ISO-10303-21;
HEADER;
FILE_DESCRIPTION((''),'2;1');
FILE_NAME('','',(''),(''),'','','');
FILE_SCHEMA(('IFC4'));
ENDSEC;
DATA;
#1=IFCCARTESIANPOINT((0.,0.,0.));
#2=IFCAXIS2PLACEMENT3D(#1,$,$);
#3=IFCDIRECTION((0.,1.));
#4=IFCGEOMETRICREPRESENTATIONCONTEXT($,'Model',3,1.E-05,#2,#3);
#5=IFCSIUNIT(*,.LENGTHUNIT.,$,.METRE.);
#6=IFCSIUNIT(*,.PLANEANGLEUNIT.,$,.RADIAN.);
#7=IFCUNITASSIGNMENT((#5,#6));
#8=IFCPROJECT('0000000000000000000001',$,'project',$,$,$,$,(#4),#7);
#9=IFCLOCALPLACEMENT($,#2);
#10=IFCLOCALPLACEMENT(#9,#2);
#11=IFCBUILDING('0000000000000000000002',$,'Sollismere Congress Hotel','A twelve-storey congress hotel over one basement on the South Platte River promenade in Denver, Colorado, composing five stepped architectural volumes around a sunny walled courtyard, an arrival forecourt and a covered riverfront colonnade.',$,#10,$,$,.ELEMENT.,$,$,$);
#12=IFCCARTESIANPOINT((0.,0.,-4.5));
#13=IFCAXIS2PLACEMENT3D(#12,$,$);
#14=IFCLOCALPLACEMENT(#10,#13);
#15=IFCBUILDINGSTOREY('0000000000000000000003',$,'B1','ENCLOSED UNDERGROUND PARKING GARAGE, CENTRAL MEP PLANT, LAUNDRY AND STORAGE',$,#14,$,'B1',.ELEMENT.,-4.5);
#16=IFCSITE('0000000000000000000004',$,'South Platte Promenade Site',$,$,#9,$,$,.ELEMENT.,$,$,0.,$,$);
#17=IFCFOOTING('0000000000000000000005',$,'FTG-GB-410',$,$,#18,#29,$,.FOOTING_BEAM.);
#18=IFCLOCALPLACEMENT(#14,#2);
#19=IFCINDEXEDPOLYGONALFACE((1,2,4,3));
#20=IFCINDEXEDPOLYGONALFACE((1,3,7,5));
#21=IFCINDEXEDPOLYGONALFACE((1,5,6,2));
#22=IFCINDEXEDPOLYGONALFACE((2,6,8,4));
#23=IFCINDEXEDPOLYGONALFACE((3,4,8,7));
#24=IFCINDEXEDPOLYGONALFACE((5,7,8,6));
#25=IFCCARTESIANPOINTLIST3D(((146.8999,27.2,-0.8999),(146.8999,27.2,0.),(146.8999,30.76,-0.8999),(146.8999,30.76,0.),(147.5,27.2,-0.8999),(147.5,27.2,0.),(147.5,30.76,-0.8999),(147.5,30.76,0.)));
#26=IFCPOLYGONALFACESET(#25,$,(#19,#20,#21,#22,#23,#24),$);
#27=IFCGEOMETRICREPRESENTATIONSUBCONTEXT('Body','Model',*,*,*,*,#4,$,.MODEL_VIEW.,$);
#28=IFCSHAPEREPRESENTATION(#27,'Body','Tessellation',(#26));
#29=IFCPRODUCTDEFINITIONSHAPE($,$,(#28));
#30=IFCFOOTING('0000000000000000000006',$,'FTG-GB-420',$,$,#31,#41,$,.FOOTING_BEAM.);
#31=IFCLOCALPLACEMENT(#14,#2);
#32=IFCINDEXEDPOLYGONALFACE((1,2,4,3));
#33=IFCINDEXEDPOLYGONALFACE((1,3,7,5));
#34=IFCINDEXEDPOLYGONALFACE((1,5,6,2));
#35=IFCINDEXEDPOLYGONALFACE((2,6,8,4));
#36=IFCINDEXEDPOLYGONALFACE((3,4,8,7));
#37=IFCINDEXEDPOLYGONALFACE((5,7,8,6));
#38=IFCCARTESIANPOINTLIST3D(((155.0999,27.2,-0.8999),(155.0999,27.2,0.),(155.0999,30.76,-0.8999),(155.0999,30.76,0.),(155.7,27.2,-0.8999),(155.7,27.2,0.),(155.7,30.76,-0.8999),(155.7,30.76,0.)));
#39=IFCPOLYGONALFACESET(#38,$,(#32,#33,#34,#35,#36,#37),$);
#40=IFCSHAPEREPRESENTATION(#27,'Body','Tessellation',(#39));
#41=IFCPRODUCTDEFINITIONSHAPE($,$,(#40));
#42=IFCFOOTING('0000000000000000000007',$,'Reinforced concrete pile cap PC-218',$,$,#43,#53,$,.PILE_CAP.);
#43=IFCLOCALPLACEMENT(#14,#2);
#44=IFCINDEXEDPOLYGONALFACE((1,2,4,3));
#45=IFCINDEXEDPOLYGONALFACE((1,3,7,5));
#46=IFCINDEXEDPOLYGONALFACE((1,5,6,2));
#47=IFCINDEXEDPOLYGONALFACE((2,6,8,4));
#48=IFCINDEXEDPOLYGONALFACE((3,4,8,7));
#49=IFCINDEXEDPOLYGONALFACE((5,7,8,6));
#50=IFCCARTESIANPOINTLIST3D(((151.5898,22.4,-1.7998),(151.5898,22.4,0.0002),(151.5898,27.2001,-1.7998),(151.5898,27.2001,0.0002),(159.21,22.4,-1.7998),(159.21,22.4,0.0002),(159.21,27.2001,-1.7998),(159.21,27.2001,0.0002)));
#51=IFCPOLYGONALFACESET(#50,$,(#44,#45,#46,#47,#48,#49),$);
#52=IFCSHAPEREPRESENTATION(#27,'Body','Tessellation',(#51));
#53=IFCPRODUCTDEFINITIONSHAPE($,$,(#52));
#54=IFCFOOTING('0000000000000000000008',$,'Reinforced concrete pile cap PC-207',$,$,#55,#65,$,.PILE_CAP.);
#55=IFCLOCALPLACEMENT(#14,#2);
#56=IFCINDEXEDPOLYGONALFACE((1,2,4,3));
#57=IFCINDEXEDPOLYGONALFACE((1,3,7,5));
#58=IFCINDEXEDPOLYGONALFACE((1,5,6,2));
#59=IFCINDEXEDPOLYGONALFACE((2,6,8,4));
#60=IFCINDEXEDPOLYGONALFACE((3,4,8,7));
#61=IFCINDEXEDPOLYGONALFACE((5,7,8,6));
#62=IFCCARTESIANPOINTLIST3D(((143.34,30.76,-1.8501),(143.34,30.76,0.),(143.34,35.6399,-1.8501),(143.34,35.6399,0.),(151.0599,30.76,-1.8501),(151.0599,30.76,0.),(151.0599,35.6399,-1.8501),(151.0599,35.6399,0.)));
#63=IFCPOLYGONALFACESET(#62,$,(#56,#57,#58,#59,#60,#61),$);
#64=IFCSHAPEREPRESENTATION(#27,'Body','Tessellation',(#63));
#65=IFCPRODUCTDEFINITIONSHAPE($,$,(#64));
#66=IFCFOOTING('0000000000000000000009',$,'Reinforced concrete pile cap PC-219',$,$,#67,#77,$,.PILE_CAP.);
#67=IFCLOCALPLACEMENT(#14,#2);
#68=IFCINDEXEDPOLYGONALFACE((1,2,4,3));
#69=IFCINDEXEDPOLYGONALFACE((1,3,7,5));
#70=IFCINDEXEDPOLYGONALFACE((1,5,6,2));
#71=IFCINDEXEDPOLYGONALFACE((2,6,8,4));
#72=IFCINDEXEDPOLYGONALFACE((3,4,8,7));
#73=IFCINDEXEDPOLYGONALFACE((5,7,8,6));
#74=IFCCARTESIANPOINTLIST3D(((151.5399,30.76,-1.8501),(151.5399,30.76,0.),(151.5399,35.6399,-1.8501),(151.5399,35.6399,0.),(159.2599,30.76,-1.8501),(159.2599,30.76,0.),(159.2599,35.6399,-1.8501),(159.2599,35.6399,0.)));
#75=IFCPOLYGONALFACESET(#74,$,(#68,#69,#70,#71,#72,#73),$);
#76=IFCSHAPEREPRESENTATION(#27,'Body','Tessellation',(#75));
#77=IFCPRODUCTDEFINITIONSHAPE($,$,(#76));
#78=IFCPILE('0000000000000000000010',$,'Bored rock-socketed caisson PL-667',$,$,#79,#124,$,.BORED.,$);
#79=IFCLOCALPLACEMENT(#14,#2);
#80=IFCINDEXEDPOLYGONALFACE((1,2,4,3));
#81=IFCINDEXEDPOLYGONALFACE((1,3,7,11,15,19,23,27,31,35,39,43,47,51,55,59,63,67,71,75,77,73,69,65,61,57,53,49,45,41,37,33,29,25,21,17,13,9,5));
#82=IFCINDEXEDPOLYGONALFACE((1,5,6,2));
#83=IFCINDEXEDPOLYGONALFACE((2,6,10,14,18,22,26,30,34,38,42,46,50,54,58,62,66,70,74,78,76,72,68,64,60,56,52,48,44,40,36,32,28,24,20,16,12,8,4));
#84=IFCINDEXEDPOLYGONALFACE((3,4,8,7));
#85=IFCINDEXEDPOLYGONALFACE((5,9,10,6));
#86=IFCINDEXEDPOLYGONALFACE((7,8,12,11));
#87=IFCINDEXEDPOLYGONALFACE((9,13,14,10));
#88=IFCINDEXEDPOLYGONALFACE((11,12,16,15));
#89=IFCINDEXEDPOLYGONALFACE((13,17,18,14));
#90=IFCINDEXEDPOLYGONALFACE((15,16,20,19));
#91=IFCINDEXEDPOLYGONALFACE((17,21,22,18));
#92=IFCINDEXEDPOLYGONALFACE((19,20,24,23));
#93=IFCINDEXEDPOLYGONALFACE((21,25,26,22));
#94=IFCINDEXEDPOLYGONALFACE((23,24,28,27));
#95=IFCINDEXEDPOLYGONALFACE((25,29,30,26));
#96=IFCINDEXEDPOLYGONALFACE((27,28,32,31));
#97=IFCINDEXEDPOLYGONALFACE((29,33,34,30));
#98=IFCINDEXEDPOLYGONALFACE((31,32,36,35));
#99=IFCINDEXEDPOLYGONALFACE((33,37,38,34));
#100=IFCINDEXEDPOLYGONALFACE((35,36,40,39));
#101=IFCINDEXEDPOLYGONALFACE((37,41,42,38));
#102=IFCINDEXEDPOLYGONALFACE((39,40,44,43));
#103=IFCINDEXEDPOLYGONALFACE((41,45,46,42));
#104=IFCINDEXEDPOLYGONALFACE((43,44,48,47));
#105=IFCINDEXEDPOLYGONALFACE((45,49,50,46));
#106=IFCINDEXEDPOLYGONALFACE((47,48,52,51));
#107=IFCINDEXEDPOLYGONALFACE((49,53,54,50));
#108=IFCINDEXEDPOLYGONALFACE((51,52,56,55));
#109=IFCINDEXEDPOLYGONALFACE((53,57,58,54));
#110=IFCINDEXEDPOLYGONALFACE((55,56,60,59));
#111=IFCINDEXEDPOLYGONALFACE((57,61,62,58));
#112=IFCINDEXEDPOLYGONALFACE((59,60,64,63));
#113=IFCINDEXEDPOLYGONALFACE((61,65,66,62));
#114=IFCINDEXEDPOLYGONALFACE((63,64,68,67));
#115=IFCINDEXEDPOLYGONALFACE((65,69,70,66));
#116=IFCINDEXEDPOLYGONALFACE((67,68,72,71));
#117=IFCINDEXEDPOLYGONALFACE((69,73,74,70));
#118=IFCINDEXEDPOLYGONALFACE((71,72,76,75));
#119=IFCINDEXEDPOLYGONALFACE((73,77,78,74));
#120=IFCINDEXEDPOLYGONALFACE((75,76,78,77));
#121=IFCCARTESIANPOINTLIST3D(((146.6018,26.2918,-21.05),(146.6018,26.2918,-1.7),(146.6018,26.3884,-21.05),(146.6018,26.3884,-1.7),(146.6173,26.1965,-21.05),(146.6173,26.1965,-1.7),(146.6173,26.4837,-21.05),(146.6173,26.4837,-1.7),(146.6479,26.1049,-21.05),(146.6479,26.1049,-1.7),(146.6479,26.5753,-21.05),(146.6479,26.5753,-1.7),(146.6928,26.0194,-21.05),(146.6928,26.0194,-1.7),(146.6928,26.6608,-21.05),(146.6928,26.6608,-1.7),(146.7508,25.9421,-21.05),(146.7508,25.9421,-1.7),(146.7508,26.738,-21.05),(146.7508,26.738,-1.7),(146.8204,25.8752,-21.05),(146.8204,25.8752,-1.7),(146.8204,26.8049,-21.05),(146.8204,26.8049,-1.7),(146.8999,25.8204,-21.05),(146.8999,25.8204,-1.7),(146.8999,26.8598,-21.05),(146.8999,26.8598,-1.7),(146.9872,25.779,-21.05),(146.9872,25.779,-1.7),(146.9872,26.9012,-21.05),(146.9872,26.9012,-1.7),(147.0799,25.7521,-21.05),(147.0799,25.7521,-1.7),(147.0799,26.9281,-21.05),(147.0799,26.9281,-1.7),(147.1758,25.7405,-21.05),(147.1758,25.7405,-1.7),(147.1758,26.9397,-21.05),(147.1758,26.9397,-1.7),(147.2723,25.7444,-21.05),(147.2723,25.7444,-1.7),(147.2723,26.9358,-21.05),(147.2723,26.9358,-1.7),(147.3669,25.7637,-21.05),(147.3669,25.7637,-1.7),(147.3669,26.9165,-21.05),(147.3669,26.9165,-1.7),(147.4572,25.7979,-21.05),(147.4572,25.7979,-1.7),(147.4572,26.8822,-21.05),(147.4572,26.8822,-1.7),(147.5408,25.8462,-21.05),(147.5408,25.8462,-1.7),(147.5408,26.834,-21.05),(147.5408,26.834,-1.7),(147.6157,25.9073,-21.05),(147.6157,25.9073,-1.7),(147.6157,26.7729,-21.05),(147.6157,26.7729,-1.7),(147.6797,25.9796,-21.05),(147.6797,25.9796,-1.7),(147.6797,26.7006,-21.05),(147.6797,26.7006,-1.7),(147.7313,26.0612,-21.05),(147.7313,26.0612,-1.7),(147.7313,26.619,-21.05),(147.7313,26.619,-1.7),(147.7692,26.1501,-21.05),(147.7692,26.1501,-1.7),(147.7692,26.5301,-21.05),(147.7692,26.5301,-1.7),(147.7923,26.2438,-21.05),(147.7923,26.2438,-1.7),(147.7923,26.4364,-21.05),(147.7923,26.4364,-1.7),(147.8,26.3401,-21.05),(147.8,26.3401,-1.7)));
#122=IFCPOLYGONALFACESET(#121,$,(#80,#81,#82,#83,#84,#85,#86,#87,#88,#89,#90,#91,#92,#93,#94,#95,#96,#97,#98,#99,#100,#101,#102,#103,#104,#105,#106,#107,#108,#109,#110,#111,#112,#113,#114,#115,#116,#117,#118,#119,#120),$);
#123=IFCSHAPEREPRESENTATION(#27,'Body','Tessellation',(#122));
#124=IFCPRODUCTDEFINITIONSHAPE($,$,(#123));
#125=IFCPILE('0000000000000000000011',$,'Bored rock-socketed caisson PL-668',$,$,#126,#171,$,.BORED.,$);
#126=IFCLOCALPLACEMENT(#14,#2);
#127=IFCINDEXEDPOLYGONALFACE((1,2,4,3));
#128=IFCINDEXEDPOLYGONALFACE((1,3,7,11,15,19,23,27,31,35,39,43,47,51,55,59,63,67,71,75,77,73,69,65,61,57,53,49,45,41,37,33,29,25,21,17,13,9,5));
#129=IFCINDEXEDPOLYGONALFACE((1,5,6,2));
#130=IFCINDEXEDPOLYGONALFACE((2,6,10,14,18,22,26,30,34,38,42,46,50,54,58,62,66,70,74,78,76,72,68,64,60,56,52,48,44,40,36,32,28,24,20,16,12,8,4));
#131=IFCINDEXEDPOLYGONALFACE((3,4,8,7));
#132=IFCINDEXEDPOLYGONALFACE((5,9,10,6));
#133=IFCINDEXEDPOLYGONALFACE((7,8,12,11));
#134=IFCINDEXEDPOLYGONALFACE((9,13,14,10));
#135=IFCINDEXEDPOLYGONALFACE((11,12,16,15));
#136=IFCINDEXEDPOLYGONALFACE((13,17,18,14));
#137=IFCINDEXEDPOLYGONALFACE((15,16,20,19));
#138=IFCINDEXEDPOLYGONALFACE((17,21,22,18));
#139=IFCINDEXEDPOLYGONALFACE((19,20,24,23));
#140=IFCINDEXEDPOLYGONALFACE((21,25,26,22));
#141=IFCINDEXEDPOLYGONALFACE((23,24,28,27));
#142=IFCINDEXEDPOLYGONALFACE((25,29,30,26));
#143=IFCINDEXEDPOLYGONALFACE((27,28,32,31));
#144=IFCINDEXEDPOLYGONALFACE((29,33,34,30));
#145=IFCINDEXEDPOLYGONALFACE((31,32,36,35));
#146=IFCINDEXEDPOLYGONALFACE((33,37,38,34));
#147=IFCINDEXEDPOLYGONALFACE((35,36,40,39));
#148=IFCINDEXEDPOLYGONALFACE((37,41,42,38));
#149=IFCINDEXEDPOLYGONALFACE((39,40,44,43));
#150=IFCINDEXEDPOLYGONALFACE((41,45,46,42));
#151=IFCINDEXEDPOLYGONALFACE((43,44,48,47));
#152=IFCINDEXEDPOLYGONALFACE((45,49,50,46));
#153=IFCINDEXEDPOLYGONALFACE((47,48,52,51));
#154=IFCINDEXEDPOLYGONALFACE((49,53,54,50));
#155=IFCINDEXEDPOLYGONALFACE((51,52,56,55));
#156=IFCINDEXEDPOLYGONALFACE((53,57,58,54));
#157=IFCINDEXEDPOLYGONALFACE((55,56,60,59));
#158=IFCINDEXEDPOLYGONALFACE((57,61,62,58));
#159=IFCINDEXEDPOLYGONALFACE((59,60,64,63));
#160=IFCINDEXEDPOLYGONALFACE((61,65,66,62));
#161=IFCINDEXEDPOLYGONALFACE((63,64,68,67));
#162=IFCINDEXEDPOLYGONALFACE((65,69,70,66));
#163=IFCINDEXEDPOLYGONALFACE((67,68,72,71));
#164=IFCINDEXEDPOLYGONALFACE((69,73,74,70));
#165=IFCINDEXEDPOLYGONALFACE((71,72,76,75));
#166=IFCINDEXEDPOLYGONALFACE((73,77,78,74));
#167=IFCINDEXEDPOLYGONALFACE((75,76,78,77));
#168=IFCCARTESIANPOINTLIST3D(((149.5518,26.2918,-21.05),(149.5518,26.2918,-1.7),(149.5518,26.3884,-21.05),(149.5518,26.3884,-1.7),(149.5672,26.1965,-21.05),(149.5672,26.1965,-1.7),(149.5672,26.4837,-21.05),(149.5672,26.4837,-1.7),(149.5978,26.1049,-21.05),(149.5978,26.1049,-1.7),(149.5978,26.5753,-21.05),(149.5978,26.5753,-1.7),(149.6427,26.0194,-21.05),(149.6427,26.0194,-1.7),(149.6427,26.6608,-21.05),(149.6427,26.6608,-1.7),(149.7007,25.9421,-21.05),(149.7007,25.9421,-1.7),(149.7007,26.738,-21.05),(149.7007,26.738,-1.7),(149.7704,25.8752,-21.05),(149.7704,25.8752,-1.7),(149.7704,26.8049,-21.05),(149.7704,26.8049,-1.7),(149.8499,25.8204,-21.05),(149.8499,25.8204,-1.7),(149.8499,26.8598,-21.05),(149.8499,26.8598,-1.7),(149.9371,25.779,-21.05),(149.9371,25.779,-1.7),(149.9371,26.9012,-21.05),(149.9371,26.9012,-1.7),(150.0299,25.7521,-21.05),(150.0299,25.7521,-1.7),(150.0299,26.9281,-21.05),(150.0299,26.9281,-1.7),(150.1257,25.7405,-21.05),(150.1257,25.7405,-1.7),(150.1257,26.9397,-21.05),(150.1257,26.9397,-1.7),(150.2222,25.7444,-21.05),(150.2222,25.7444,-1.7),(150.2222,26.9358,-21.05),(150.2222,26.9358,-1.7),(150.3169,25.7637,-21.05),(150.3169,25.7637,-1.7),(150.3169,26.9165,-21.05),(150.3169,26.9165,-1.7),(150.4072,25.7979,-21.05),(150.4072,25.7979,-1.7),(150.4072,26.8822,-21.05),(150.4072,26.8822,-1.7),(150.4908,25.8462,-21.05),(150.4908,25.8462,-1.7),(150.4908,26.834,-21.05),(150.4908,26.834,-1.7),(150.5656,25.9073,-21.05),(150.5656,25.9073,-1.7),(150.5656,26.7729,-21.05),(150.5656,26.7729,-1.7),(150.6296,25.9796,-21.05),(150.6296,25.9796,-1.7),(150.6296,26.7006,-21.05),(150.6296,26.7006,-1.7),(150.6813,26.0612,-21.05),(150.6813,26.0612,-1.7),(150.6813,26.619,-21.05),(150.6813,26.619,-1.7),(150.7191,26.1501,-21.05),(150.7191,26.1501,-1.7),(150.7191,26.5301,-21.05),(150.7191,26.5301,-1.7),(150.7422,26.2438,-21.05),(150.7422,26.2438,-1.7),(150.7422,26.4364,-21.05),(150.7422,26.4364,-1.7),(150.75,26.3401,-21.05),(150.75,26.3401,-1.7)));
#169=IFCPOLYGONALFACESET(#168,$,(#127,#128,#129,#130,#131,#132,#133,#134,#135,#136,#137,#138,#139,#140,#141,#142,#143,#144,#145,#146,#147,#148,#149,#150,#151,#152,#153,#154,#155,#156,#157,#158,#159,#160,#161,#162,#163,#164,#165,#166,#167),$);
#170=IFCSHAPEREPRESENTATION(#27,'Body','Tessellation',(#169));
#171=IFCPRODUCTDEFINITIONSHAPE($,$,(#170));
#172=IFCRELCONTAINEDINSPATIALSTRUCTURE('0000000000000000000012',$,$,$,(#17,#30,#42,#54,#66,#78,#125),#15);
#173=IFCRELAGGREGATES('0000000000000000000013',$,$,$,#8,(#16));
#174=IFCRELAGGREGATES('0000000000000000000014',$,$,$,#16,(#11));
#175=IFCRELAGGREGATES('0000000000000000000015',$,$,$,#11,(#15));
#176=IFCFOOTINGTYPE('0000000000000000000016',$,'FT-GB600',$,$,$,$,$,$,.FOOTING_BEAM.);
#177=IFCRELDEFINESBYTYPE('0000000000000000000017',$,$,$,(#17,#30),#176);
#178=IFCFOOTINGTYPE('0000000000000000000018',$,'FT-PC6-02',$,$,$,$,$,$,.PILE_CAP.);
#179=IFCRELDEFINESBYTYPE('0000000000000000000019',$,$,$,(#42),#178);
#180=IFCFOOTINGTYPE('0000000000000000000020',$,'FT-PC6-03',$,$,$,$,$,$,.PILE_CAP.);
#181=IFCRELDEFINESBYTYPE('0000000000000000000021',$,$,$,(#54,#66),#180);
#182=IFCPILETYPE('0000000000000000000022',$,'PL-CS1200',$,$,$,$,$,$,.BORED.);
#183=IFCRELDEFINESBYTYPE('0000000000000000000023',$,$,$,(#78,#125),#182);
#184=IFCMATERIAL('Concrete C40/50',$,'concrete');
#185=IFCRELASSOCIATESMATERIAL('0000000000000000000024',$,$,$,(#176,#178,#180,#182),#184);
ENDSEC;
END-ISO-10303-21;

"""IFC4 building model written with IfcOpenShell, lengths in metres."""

from ifc_helpers import new_model, si_unit, direction, frame, origin, origin_2d, place, context, subcontext, project, spatial, rectangle, circle, extrude, material, material_profile, profile_set, type_object, element, save


model = new_model("IFC4")

# Units and contexts
model_context = context("Model", 3, precision=1e-05, world=origin(), true_north=direction((0.0, 1.0)))
body_context = subcontext(model_context, "Body", "Model", "MODEL_VIEW")
ifc_project = project(units=[si_unit("LENGTHUNIT", "METRE"), si_unit("PLANEANGLEUNIT", "RADIAN")], contexts=[model_context])

# Site, building, storey
site_placement = place(None, origin())
site = spatial("IfcSite", under=ifc_project, at=site_placement, Name="South Platte Promenade Site", CompositionType="ELEMENT", RefElevation=0.0)
building_placement = place(site_placement, origin())
building = spatial("IfcBuilding", under=site, at=building_placement, Name="Sollismere Congress Hotel", Description="A twelve-storey congress hotel over one basement on the South Platte River promenade in Denver, Colorado, composing five stepped architectural volumes around a sunny walled courtyard, an arrival forecourt and a covered riverfront colonnade.", CompositionType="ELEMENT")
storey_placement = place(building_placement, frame((0.0, 0.0, -4.5)))
storey = spatial("IfcBuildingStorey", under=building, at=storey_placement, Name="B1", Description="ENCLOSED UNDERGROUND PARKING GARAGE, CENTRAL MEP PLANT, LAUNDRY AND STORAGE", LongName="B1", CompositionType="ELEMENT", Elevation=-4.5)

# Footings
ifc_material_1 = material(Name="Concrete C40/50", Category="concrete")
footing_type_1 = type_object("IfcFootingType", Name="FT-GB600", PredefinedType="FOOTING_BEAM", material=ifc_material_1)
for number, where, z_axis, x_axis, name in (
    (1, (147.2, 28.98, -0.8999), (0.0, 0.0, 1.0), (0.0, 1.0, 0.0), "FTG-GB-410"),
    (2, (155.3999, 28.98, -0.8999), (0.0, 0.0, 1.0), (0.0, 1.0, 0.0), "FTG-GB-420"),
):
    element("IfcFooting", number, at=place(storey_placement, frame(where, z_axis=z_axis, x_axis=x_axis)), inside=storey, type_object=footing_type_1, Name=name, PredefinedType="FOOTING_BEAM", context=body_context, shape_type="SweptSolid", body=[
        extrude(rectangle(XDim=3.5601, YDim=0.6001, at=origin_2d()), origin(), (0.0, 0.0, 1.0), 0.8999),
    ])
footing_type_2 = type_object("IfcFootingType", Name="FT-PC6-02", PredefinedType="PILE_CAP", material=ifc_material_1)
footing_placement = place(storey_placement, frame((155.3999, 24.8, -1.7998), z_axis=(0.0, 0.0, 1.0), x_axis=(1.0, 0.0, 0.0)))
element("IfcFooting", 3, at=footing_placement, inside=storey, type_object=footing_type_2, Name="Reinforced concrete pile cap PC-218", PredefinedType="PILE_CAP", context=body_context, shape_type="SweptSolid", body=[
    extrude(rectangle(XDim=7.6201, YDim=4.8, at=origin_2d()), origin(), (0.0, 0.0, 1.0), 1.8),
])
footing_type_3 = type_object("IfcFootingType", Name="FT-PC6-03", PredefinedType="PILE_CAP", material=ifc_material_1)
for number, where, z_axis, x_axis, name in (
    (4, (147.2, 33.2, -1.8501), (0.0, 0.0, 1.0), (1.0, 0.0, 0.0), "Reinforced concrete pile cap PC-207"),
    (5, (155.3999, 33.2, -1.8501), (0.0, 0.0, 1.0), (1.0, 0.0, 0.0), "Reinforced concrete pile cap PC-219"),
):
    element("IfcFooting", number, at=place(storey_placement, frame(where, z_axis=z_axis, x_axis=x_axis)), inside=storey, type_object=footing_type_3, Name=name, PredefinedType="PILE_CAP", context=body_context, shape_type="SweptSolid", body=[
        extrude(rectangle(XDim=7.72, YDim=4.8799, at=origin_2d()), origin(), (0.0, 0.0, 1.0), 1.8501),
    ])

# Piles
ifc_material_profile_1 = material_profile(ifc_material_1, circle(Radius=0.6001, at=origin_2d()), Name="CAISSON1200")
ifc_profile_set_1 = profile_set([ifc_material_profile_1], Name="Concrete C40/50")
pile_type = type_object("IfcPileType", Name="PL-CS1200", PredefinedType="BORED", material=ifc_profile_set_1)
for number, where, z_axis, x_axis, name in (
    (6, (147.2, 26.3401, -1.7), (0.0, 0.0, -1.0), (1.0, 0.0, 0.0), "Bored rock-socketed caisson PL-667"),
    (7, (150.1499, 26.3401, -1.7), (0.0, 0.0, -1.0), (1.0, 0.0, 0.0), "Bored rock-socketed caisson PL-668"),
):
    element("IfcPile", number, at=place(storey_placement, frame(where, z_axis=z_axis, x_axis=x_axis)), inside=storey, type_object=pile_type, Name=name, PredefinedType="BORED", context=body_context, shape_type="SweptSolid", body=[
        extrude(circle(Radius=0.6001, at=origin_2d()), origin(), (0.0, 0.0, 1.0), 19.3501),
    ])

save(model, "model.ifc")
